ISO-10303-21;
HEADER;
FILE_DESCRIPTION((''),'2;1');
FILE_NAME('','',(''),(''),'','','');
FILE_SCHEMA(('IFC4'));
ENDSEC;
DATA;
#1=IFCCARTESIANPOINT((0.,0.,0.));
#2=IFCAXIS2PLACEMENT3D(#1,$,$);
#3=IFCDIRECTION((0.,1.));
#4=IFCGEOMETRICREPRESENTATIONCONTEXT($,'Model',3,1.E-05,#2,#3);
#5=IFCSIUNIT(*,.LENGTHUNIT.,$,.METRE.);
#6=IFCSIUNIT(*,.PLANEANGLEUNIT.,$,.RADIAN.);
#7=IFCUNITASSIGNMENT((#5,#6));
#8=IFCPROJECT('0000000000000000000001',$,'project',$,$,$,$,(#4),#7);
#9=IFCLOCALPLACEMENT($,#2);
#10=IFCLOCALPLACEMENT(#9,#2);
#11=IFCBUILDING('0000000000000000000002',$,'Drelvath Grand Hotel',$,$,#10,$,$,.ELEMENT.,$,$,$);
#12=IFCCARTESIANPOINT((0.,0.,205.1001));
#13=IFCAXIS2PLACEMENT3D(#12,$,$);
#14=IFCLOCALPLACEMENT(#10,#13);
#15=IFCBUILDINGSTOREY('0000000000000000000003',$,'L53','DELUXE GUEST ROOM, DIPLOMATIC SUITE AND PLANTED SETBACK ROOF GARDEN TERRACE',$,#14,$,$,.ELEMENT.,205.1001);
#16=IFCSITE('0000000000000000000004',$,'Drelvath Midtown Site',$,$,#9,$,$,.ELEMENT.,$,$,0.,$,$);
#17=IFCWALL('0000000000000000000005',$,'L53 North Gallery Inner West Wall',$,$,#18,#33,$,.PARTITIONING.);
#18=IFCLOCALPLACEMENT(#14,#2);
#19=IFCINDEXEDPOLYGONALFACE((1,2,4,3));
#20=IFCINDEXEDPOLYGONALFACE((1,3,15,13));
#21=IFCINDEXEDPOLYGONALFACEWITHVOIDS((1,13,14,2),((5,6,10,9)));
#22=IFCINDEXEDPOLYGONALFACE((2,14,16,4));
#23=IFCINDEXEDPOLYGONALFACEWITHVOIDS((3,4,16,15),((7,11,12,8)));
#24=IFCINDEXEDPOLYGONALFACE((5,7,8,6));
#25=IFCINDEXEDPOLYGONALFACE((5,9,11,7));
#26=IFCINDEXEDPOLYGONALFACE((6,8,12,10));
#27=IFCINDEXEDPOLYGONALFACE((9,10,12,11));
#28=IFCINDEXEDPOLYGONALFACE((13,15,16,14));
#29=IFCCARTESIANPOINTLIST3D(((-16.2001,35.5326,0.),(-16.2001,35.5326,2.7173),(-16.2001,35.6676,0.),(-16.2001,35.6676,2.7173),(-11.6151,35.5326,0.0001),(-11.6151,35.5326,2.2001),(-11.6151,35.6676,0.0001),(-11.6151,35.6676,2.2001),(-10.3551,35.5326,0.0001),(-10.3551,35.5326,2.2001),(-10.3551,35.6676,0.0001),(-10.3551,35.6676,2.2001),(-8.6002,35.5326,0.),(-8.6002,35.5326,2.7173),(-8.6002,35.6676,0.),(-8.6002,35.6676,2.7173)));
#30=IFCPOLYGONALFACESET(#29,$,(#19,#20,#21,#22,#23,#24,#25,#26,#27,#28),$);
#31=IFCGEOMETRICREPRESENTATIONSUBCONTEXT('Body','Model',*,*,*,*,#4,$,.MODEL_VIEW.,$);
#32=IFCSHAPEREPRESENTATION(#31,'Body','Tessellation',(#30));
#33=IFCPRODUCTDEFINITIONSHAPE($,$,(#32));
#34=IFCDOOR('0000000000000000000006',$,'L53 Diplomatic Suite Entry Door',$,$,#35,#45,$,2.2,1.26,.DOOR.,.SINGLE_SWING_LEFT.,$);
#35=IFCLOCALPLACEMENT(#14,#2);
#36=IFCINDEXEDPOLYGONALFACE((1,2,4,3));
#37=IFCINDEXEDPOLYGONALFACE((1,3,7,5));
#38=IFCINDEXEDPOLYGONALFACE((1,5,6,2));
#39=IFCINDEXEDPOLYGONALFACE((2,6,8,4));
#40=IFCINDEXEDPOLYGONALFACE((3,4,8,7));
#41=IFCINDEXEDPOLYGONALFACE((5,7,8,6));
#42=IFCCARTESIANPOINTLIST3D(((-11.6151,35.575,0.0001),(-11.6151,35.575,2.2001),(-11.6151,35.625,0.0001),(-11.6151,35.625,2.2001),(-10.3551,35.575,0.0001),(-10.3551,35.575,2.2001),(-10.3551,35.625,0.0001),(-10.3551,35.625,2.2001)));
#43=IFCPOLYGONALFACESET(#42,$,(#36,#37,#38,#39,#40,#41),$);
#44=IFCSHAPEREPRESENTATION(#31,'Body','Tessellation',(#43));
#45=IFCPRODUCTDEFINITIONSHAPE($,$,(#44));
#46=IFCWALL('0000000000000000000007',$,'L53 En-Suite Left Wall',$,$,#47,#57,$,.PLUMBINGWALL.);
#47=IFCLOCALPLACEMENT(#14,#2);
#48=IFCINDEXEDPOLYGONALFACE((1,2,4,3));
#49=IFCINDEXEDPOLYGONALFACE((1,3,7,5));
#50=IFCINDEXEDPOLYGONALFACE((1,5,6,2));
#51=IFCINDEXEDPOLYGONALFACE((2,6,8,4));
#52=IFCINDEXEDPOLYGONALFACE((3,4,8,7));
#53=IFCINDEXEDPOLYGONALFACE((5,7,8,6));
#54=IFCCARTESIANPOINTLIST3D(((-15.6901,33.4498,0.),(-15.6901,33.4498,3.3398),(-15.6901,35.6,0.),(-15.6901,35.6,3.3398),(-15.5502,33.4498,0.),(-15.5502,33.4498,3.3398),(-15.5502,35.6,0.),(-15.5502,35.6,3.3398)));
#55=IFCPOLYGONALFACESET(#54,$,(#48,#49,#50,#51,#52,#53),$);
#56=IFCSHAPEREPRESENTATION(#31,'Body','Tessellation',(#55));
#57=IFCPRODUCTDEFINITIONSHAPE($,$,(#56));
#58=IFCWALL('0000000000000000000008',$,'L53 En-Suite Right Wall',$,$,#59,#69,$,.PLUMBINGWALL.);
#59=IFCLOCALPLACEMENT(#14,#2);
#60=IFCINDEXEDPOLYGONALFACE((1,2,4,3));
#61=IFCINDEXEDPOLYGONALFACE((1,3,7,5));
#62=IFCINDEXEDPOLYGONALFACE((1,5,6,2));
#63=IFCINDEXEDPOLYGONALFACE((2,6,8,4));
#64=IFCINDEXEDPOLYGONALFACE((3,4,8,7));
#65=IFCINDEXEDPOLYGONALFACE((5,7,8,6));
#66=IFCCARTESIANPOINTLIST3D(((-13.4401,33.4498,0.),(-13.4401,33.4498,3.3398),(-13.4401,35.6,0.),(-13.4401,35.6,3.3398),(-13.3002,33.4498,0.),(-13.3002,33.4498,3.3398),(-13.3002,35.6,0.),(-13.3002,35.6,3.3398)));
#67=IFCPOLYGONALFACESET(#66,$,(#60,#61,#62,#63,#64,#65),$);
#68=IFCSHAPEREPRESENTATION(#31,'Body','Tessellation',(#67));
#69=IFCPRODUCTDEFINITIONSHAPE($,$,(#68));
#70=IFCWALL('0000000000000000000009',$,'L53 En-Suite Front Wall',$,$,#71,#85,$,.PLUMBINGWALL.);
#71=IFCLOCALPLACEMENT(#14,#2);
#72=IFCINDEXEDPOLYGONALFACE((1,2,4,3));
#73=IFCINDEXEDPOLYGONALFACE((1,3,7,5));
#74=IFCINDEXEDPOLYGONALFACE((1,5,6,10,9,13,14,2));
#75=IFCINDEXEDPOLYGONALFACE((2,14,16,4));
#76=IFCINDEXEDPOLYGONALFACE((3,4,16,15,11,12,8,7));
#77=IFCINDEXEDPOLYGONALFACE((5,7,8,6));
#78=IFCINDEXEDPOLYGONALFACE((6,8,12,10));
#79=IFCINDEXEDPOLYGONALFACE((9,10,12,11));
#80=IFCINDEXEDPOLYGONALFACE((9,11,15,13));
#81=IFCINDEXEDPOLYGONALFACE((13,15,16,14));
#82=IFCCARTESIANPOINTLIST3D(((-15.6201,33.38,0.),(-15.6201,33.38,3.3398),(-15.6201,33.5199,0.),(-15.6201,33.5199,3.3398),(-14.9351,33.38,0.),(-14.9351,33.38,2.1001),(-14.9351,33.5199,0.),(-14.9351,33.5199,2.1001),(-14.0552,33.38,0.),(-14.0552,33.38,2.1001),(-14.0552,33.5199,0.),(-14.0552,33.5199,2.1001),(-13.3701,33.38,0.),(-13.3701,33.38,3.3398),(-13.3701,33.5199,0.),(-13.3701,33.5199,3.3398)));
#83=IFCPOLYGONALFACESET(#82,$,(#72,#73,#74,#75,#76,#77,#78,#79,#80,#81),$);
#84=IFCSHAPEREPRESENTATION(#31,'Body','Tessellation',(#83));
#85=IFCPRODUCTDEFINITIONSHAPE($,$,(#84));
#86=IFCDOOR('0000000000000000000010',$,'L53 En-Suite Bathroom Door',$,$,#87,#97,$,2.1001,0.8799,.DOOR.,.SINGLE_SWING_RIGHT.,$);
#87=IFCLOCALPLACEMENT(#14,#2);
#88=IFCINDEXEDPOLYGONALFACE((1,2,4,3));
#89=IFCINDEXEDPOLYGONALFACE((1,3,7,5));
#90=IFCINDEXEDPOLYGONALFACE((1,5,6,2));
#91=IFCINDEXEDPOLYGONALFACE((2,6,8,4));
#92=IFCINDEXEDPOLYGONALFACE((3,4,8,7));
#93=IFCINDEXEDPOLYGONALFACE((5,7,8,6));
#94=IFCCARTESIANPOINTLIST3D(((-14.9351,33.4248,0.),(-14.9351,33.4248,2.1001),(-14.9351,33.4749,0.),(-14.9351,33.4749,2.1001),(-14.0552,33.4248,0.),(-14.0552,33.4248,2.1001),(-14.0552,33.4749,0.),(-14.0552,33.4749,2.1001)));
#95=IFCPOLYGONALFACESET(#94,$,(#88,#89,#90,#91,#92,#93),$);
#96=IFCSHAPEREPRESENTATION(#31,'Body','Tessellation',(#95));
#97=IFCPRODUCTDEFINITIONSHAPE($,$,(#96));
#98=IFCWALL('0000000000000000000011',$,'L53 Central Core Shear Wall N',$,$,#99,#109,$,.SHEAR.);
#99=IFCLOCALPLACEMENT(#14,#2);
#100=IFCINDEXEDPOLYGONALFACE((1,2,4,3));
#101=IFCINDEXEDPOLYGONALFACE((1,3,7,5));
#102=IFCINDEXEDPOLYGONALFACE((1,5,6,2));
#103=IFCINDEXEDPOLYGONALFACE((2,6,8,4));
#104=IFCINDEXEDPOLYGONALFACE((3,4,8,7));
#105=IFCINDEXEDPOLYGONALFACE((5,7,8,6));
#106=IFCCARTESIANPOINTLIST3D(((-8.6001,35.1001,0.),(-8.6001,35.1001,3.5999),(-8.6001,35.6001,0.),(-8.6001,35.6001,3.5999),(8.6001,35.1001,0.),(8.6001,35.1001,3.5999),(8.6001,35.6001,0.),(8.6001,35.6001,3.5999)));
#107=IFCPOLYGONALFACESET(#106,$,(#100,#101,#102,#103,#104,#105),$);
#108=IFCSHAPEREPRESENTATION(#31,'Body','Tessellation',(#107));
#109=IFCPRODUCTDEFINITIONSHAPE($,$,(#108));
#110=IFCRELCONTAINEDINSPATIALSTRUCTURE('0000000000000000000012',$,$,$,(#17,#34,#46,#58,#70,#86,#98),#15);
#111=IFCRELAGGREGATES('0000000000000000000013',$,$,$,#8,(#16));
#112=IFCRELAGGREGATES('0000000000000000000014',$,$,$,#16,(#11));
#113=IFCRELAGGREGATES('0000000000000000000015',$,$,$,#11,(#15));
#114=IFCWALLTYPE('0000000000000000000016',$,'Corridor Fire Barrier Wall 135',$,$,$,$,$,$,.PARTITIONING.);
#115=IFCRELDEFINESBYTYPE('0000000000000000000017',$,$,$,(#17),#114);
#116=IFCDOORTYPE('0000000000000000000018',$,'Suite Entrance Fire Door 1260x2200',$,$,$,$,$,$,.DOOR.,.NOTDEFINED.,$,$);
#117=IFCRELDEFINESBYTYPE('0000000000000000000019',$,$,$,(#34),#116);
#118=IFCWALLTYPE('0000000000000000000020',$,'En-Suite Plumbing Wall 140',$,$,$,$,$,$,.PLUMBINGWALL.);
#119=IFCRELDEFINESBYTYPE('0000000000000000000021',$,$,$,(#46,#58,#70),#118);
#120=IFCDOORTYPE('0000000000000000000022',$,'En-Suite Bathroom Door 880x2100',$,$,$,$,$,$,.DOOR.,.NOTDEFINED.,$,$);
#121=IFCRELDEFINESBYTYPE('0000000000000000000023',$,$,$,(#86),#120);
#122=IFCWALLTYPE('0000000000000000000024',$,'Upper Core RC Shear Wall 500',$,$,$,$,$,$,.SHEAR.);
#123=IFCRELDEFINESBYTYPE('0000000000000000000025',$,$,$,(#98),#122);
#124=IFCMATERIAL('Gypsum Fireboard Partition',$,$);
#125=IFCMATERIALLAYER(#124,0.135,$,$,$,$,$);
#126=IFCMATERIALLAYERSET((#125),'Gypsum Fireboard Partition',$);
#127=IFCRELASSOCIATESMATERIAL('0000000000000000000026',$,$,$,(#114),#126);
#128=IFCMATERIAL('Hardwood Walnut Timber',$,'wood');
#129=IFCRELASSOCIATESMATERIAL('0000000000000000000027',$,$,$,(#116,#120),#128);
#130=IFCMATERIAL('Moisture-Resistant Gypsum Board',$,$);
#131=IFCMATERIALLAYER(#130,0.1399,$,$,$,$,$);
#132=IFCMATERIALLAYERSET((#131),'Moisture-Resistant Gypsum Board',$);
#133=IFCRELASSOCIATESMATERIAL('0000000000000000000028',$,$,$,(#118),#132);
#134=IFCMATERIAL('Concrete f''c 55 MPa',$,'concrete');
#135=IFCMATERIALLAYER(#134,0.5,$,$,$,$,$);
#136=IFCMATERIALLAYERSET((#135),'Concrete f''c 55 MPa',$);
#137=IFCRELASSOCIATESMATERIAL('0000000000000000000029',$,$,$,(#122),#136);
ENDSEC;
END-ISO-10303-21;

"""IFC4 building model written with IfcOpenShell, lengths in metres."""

from ifc_helpers import new_model, si_unit, direction, frame, frame_2d, origin, place, context, subcontext, project, spatial, rectangle, extrude, material, layer, layer_set, type_object, element, fill, save


model = new_model("IFC4")

# Units and contexts
model_context = context("Model", 3, precision=1e-05, world=origin(), true_north=direction((0.0, 1.0)))
body_context = subcontext(model_context, "Body", "Model", "MODEL_VIEW")
ifc_project = project(units=[si_unit("LENGTHUNIT", "METRE"), si_unit("PLANEANGLEUNIT", "RADIAN")], contexts=[model_context])

# Site, building, storey
site_placement = place(None, origin())
site = spatial("IfcSite", under=ifc_project, at=site_placement, Name="Drelvath Midtown Site", CompositionType="ELEMENT", RefElevation=0.0)
building_placement = place(site_placement, origin())
building = spatial("IfcBuilding", under=site, at=building_placement, Name="Drelvath Grand Hotel", CompositionType="ELEMENT")
storey_placement = place(building_placement, frame((0.0, 0.0, 205.1001)))
storey = spatial("IfcBuildingStorey", under=building, at=storey_placement, Name="L53", Description="DELUXE GUEST ROOM, DIPLOMATIC SUITE AND PLANTED SETBACK ROOF GARDEN TERRACE", CompositionType="ELEMENT", Elevation=205.1001)

# Shared definitions
ifc_material_1 = material(Name="Gypsum Fireboard Partition")
ifc_layer_1 = layer(ifc_material_1, 0.135)
ifc_layer_set_1 = layer_set([ifc_layer_1], Name="Gypsum Fireboard Partition")
wall_type_1 = type_object("IfcWallType", Name="Corridor Fire Barrier Wall 135", PredefinedType="PARTITIONING", material=ifc_layer_set_1)
ifc_material_2 = material(Name="Hardwood Walnut Timber", Category="wood")
door_type_1 = type_object("IfcDoorType", Name="Suite Entrance Fire Door 1260x2200", OperationType="NOTDEFINED", PredefinedType="DOOR", material=ifc_material_2)

# Wall, opening, door
wall_1_placement = place(storey_placement, frame((-16.2, 35.6001, 0.0), z_axis=(0.0, 0.0, 1.0), x_axis=(1.0, 0.0, 0.0)))
wall_1 = element("IfcWall", 1, at=wall_1_placement, inside=storey, type_object=wall_type_1, Name="L53 North Gallery Inner West Wall", PredefinedType="PARTITIONING", context=body_context, shape_type="SweptSolid", body=[
    extrude(rectangle(XDim=7.5999, YDim=0.135, at=frame_2d((3.7998, 0.0))), origin(), (0.0, 0.0, 1.0), 2.7173),
])
opening_1_placement = place(wall_1_placement, frame((4.585, 0.0, 0.0)))
opening_1 = element("IfcOpeningElement", 2, at=opening_1_placement, cuts=wall_1, PredefinedType="OPENING", context=body_context, shape_type="SweptSolid", body=[
    extrude(rectangle(XDim=1.26, YDim=2.2, at=frame_2d((0.6299, 1.1001))), frame((0.0, 0.0774, 0.0), z_axis=(0.0, -1.0, 0.0), x_axis=(1.0, 0.0, 0.0)), (0.0, 0.0, 1.0), 0.155),
])
door_1_placement = place(opening_1_placement, origin())
door_1 = element("IfcDoor", 3, at=door_1_placement, inside=storey, type_object=door_type_1, Name="L53 Diplomatic Suite Entry Door", OperationType="SINGLE_SWING_LEFT", OverallHeight=2.2, OverallWidth=1.26, PredefinedType="DOOR", context=body_context, shape_type="SweptSolid", body=[
    extrude(rectangle(XDim=1.26, YDim=2.2, at=frame_2d((0.6299, 1.1001))), frame((0.0, 0.0249, 0.0), z_axis=(0.0, -1.0, 0.0), x_axis=(1.0, 0.0, 0.0)), (0.0, 0.0, 1.0), 0.05),
])
fill(opening_1, door_1)

# Walls
ifc_material_3 = material(Name="Moisture-Resistant Gypsum Board")
ifc_layer_2 = layer(ifc_material_3, 0.1399)
ifc_layer_set_2 = layer_set([ifc_layer_2], Name="Moisture-Resistant Gypsum Board")
wall_type_2 = type_object("IfcWallType", Name="En-Suite Plumbing Wall 140", PredefinedType="PLUMBINGWALL", material=ifc_layer_set_2)
for number, where, z_axis, x_axis, name in (
    (4, (-15.6201, 35.6001, 0.0), (0.0, 0.0, 1.0), (0.0, -1.0, 0.0), "L53 En-Suite Left Wall"),
    (5, (-13.3701, 35.6001, 0.0), (0.0, 0.0, 1.0), (0.0, -1.0, 0.0), "L53 En-Suite Right Wall"),
):
    element("IfcWall", number, at=place(storey_placement, frame(where, z_axis=z_axis, x_axis=x_axis)), inside=storey, type_object=wall_type_2, Name=name, PredefinedType="PLUMBINGWALL", context=body_context, shape_type="SweptSolid", body=[
        extrude(rectangle(XDim=2.1501, YDim=0.1399, at=frame_2d((1.0752, 0.0))), origin(), (0.0, 0.0, 1.0), 3.3398),
    ])

# Wall, opening, door
wall_2_placement = place(storey_placement, frame((-15.6201, 33.45, 0.0), z_axis=(0.0, 0.0, 1.0), x_axis=(1.0, 0.0, 0.0)))
wall_2 = element("IfcWall", 6, at=wall_2_placement, inside=storey, type_object=wall_type_2, Name="L53 En-Suite Front Wall", PredefinedType="PLUMBINGWALL", context=body_context, shape_type="SweptSolid", body=[
    extrude(rectangle(XDim=2.25, YDim=0.1399, at=frame_2d((1.125, 0.0))), origin(), (0.0, 0.0, 1.0), 3.3398),
])
opening_2_placement = place(wall_2_placement, frame((0.6851, 0.0, 0.0)))
opening_2 = element("IfcOpeningElement", 7, at=opening_2_placement, cuts=wall_2, PredefinedType="OPENING", context=body_context, shape_type="SweptSolid", body=[
    extrude(rectangle(XDim=0.8799, YDim=2.1001, at=frame_2d((0.4399, 1.05))), frame((0.0, 0.0798, 0.0), z_axis=(0.0, -1.0, 0.0), x_axis=(1.0, 0.0, 0.0)), (0.0, 0.0, 1.0), 0.1599),
])
door_type_2 = type_object("IfcDoorType", Name="En-Suite Bathroom Door 880x2100", OperationType="NOTDEFINED", PredefinedType="DOOR", material=ifc_material_2)
door_2_placement = place(opening_2_placement, origin())
door_2 = element("IfcDoor", 8, at=door_2_placement, inside=storey, type_object=door_type_2, Name="L53 En-Suite Bathroom Door", OperationType="SINGLE_SWING_RIGHT", OverallHeight=2.1001, OverallWidth=0.8799, PredefinedType="DOOR", context=body_context, shape_type="SweptSolid", body=[
    extrude(rectangle(XDim=0.8799, YDim=2.1001, at=frame_2d((0.4399, 1.05))), frame((0.0, 0.0249, 0.0), z_axis=(0.0, -1.0, 0.0), x_axis=(1.0, 0.0, 0.0)), (0.0, 0.0, 1.0), 0.05),
])
fill(opening_2, door_2)

# Wall
ifc_material_4 = material(Name="Concrete f'c 55 MPa", Category="concrete")
ifc_layer_3 = layer(ifc_material_4, 0.5)
ifc_layer_set_3 = layer_set([ifc_layer_3], Name="Concrete f'c 55 MPa")
wall_type_3 = type_object("IfcWallType", Name="Upper Core RC Shear Wall 500", PredefinedType="SHEAR", material=ifc_layer_set_3)
wall_3_placement = place(storey_placement, frame((-8.6001, 35.3501, 0.0), z_axis=(0.0, 0.0, 1.0), x_axis=(1.0, 0.0, 0.0)))
element("IfcWall", 9, at=wall_3_placement, inside=storey, type_object=wall_type_3, Name="L53 Central Core Shear Wall N", PredefinedType="SHEAR", context=body_context, shape_type="SweptSolid", body=[
    extrude(rectangle(XDim=17.2002, YDim=0.5, at=frame_2d((8.6001, 0.0))), origin(), (0.0, 0.0, 1.0), 3.5999),
])

save(model, "model.ifc")
